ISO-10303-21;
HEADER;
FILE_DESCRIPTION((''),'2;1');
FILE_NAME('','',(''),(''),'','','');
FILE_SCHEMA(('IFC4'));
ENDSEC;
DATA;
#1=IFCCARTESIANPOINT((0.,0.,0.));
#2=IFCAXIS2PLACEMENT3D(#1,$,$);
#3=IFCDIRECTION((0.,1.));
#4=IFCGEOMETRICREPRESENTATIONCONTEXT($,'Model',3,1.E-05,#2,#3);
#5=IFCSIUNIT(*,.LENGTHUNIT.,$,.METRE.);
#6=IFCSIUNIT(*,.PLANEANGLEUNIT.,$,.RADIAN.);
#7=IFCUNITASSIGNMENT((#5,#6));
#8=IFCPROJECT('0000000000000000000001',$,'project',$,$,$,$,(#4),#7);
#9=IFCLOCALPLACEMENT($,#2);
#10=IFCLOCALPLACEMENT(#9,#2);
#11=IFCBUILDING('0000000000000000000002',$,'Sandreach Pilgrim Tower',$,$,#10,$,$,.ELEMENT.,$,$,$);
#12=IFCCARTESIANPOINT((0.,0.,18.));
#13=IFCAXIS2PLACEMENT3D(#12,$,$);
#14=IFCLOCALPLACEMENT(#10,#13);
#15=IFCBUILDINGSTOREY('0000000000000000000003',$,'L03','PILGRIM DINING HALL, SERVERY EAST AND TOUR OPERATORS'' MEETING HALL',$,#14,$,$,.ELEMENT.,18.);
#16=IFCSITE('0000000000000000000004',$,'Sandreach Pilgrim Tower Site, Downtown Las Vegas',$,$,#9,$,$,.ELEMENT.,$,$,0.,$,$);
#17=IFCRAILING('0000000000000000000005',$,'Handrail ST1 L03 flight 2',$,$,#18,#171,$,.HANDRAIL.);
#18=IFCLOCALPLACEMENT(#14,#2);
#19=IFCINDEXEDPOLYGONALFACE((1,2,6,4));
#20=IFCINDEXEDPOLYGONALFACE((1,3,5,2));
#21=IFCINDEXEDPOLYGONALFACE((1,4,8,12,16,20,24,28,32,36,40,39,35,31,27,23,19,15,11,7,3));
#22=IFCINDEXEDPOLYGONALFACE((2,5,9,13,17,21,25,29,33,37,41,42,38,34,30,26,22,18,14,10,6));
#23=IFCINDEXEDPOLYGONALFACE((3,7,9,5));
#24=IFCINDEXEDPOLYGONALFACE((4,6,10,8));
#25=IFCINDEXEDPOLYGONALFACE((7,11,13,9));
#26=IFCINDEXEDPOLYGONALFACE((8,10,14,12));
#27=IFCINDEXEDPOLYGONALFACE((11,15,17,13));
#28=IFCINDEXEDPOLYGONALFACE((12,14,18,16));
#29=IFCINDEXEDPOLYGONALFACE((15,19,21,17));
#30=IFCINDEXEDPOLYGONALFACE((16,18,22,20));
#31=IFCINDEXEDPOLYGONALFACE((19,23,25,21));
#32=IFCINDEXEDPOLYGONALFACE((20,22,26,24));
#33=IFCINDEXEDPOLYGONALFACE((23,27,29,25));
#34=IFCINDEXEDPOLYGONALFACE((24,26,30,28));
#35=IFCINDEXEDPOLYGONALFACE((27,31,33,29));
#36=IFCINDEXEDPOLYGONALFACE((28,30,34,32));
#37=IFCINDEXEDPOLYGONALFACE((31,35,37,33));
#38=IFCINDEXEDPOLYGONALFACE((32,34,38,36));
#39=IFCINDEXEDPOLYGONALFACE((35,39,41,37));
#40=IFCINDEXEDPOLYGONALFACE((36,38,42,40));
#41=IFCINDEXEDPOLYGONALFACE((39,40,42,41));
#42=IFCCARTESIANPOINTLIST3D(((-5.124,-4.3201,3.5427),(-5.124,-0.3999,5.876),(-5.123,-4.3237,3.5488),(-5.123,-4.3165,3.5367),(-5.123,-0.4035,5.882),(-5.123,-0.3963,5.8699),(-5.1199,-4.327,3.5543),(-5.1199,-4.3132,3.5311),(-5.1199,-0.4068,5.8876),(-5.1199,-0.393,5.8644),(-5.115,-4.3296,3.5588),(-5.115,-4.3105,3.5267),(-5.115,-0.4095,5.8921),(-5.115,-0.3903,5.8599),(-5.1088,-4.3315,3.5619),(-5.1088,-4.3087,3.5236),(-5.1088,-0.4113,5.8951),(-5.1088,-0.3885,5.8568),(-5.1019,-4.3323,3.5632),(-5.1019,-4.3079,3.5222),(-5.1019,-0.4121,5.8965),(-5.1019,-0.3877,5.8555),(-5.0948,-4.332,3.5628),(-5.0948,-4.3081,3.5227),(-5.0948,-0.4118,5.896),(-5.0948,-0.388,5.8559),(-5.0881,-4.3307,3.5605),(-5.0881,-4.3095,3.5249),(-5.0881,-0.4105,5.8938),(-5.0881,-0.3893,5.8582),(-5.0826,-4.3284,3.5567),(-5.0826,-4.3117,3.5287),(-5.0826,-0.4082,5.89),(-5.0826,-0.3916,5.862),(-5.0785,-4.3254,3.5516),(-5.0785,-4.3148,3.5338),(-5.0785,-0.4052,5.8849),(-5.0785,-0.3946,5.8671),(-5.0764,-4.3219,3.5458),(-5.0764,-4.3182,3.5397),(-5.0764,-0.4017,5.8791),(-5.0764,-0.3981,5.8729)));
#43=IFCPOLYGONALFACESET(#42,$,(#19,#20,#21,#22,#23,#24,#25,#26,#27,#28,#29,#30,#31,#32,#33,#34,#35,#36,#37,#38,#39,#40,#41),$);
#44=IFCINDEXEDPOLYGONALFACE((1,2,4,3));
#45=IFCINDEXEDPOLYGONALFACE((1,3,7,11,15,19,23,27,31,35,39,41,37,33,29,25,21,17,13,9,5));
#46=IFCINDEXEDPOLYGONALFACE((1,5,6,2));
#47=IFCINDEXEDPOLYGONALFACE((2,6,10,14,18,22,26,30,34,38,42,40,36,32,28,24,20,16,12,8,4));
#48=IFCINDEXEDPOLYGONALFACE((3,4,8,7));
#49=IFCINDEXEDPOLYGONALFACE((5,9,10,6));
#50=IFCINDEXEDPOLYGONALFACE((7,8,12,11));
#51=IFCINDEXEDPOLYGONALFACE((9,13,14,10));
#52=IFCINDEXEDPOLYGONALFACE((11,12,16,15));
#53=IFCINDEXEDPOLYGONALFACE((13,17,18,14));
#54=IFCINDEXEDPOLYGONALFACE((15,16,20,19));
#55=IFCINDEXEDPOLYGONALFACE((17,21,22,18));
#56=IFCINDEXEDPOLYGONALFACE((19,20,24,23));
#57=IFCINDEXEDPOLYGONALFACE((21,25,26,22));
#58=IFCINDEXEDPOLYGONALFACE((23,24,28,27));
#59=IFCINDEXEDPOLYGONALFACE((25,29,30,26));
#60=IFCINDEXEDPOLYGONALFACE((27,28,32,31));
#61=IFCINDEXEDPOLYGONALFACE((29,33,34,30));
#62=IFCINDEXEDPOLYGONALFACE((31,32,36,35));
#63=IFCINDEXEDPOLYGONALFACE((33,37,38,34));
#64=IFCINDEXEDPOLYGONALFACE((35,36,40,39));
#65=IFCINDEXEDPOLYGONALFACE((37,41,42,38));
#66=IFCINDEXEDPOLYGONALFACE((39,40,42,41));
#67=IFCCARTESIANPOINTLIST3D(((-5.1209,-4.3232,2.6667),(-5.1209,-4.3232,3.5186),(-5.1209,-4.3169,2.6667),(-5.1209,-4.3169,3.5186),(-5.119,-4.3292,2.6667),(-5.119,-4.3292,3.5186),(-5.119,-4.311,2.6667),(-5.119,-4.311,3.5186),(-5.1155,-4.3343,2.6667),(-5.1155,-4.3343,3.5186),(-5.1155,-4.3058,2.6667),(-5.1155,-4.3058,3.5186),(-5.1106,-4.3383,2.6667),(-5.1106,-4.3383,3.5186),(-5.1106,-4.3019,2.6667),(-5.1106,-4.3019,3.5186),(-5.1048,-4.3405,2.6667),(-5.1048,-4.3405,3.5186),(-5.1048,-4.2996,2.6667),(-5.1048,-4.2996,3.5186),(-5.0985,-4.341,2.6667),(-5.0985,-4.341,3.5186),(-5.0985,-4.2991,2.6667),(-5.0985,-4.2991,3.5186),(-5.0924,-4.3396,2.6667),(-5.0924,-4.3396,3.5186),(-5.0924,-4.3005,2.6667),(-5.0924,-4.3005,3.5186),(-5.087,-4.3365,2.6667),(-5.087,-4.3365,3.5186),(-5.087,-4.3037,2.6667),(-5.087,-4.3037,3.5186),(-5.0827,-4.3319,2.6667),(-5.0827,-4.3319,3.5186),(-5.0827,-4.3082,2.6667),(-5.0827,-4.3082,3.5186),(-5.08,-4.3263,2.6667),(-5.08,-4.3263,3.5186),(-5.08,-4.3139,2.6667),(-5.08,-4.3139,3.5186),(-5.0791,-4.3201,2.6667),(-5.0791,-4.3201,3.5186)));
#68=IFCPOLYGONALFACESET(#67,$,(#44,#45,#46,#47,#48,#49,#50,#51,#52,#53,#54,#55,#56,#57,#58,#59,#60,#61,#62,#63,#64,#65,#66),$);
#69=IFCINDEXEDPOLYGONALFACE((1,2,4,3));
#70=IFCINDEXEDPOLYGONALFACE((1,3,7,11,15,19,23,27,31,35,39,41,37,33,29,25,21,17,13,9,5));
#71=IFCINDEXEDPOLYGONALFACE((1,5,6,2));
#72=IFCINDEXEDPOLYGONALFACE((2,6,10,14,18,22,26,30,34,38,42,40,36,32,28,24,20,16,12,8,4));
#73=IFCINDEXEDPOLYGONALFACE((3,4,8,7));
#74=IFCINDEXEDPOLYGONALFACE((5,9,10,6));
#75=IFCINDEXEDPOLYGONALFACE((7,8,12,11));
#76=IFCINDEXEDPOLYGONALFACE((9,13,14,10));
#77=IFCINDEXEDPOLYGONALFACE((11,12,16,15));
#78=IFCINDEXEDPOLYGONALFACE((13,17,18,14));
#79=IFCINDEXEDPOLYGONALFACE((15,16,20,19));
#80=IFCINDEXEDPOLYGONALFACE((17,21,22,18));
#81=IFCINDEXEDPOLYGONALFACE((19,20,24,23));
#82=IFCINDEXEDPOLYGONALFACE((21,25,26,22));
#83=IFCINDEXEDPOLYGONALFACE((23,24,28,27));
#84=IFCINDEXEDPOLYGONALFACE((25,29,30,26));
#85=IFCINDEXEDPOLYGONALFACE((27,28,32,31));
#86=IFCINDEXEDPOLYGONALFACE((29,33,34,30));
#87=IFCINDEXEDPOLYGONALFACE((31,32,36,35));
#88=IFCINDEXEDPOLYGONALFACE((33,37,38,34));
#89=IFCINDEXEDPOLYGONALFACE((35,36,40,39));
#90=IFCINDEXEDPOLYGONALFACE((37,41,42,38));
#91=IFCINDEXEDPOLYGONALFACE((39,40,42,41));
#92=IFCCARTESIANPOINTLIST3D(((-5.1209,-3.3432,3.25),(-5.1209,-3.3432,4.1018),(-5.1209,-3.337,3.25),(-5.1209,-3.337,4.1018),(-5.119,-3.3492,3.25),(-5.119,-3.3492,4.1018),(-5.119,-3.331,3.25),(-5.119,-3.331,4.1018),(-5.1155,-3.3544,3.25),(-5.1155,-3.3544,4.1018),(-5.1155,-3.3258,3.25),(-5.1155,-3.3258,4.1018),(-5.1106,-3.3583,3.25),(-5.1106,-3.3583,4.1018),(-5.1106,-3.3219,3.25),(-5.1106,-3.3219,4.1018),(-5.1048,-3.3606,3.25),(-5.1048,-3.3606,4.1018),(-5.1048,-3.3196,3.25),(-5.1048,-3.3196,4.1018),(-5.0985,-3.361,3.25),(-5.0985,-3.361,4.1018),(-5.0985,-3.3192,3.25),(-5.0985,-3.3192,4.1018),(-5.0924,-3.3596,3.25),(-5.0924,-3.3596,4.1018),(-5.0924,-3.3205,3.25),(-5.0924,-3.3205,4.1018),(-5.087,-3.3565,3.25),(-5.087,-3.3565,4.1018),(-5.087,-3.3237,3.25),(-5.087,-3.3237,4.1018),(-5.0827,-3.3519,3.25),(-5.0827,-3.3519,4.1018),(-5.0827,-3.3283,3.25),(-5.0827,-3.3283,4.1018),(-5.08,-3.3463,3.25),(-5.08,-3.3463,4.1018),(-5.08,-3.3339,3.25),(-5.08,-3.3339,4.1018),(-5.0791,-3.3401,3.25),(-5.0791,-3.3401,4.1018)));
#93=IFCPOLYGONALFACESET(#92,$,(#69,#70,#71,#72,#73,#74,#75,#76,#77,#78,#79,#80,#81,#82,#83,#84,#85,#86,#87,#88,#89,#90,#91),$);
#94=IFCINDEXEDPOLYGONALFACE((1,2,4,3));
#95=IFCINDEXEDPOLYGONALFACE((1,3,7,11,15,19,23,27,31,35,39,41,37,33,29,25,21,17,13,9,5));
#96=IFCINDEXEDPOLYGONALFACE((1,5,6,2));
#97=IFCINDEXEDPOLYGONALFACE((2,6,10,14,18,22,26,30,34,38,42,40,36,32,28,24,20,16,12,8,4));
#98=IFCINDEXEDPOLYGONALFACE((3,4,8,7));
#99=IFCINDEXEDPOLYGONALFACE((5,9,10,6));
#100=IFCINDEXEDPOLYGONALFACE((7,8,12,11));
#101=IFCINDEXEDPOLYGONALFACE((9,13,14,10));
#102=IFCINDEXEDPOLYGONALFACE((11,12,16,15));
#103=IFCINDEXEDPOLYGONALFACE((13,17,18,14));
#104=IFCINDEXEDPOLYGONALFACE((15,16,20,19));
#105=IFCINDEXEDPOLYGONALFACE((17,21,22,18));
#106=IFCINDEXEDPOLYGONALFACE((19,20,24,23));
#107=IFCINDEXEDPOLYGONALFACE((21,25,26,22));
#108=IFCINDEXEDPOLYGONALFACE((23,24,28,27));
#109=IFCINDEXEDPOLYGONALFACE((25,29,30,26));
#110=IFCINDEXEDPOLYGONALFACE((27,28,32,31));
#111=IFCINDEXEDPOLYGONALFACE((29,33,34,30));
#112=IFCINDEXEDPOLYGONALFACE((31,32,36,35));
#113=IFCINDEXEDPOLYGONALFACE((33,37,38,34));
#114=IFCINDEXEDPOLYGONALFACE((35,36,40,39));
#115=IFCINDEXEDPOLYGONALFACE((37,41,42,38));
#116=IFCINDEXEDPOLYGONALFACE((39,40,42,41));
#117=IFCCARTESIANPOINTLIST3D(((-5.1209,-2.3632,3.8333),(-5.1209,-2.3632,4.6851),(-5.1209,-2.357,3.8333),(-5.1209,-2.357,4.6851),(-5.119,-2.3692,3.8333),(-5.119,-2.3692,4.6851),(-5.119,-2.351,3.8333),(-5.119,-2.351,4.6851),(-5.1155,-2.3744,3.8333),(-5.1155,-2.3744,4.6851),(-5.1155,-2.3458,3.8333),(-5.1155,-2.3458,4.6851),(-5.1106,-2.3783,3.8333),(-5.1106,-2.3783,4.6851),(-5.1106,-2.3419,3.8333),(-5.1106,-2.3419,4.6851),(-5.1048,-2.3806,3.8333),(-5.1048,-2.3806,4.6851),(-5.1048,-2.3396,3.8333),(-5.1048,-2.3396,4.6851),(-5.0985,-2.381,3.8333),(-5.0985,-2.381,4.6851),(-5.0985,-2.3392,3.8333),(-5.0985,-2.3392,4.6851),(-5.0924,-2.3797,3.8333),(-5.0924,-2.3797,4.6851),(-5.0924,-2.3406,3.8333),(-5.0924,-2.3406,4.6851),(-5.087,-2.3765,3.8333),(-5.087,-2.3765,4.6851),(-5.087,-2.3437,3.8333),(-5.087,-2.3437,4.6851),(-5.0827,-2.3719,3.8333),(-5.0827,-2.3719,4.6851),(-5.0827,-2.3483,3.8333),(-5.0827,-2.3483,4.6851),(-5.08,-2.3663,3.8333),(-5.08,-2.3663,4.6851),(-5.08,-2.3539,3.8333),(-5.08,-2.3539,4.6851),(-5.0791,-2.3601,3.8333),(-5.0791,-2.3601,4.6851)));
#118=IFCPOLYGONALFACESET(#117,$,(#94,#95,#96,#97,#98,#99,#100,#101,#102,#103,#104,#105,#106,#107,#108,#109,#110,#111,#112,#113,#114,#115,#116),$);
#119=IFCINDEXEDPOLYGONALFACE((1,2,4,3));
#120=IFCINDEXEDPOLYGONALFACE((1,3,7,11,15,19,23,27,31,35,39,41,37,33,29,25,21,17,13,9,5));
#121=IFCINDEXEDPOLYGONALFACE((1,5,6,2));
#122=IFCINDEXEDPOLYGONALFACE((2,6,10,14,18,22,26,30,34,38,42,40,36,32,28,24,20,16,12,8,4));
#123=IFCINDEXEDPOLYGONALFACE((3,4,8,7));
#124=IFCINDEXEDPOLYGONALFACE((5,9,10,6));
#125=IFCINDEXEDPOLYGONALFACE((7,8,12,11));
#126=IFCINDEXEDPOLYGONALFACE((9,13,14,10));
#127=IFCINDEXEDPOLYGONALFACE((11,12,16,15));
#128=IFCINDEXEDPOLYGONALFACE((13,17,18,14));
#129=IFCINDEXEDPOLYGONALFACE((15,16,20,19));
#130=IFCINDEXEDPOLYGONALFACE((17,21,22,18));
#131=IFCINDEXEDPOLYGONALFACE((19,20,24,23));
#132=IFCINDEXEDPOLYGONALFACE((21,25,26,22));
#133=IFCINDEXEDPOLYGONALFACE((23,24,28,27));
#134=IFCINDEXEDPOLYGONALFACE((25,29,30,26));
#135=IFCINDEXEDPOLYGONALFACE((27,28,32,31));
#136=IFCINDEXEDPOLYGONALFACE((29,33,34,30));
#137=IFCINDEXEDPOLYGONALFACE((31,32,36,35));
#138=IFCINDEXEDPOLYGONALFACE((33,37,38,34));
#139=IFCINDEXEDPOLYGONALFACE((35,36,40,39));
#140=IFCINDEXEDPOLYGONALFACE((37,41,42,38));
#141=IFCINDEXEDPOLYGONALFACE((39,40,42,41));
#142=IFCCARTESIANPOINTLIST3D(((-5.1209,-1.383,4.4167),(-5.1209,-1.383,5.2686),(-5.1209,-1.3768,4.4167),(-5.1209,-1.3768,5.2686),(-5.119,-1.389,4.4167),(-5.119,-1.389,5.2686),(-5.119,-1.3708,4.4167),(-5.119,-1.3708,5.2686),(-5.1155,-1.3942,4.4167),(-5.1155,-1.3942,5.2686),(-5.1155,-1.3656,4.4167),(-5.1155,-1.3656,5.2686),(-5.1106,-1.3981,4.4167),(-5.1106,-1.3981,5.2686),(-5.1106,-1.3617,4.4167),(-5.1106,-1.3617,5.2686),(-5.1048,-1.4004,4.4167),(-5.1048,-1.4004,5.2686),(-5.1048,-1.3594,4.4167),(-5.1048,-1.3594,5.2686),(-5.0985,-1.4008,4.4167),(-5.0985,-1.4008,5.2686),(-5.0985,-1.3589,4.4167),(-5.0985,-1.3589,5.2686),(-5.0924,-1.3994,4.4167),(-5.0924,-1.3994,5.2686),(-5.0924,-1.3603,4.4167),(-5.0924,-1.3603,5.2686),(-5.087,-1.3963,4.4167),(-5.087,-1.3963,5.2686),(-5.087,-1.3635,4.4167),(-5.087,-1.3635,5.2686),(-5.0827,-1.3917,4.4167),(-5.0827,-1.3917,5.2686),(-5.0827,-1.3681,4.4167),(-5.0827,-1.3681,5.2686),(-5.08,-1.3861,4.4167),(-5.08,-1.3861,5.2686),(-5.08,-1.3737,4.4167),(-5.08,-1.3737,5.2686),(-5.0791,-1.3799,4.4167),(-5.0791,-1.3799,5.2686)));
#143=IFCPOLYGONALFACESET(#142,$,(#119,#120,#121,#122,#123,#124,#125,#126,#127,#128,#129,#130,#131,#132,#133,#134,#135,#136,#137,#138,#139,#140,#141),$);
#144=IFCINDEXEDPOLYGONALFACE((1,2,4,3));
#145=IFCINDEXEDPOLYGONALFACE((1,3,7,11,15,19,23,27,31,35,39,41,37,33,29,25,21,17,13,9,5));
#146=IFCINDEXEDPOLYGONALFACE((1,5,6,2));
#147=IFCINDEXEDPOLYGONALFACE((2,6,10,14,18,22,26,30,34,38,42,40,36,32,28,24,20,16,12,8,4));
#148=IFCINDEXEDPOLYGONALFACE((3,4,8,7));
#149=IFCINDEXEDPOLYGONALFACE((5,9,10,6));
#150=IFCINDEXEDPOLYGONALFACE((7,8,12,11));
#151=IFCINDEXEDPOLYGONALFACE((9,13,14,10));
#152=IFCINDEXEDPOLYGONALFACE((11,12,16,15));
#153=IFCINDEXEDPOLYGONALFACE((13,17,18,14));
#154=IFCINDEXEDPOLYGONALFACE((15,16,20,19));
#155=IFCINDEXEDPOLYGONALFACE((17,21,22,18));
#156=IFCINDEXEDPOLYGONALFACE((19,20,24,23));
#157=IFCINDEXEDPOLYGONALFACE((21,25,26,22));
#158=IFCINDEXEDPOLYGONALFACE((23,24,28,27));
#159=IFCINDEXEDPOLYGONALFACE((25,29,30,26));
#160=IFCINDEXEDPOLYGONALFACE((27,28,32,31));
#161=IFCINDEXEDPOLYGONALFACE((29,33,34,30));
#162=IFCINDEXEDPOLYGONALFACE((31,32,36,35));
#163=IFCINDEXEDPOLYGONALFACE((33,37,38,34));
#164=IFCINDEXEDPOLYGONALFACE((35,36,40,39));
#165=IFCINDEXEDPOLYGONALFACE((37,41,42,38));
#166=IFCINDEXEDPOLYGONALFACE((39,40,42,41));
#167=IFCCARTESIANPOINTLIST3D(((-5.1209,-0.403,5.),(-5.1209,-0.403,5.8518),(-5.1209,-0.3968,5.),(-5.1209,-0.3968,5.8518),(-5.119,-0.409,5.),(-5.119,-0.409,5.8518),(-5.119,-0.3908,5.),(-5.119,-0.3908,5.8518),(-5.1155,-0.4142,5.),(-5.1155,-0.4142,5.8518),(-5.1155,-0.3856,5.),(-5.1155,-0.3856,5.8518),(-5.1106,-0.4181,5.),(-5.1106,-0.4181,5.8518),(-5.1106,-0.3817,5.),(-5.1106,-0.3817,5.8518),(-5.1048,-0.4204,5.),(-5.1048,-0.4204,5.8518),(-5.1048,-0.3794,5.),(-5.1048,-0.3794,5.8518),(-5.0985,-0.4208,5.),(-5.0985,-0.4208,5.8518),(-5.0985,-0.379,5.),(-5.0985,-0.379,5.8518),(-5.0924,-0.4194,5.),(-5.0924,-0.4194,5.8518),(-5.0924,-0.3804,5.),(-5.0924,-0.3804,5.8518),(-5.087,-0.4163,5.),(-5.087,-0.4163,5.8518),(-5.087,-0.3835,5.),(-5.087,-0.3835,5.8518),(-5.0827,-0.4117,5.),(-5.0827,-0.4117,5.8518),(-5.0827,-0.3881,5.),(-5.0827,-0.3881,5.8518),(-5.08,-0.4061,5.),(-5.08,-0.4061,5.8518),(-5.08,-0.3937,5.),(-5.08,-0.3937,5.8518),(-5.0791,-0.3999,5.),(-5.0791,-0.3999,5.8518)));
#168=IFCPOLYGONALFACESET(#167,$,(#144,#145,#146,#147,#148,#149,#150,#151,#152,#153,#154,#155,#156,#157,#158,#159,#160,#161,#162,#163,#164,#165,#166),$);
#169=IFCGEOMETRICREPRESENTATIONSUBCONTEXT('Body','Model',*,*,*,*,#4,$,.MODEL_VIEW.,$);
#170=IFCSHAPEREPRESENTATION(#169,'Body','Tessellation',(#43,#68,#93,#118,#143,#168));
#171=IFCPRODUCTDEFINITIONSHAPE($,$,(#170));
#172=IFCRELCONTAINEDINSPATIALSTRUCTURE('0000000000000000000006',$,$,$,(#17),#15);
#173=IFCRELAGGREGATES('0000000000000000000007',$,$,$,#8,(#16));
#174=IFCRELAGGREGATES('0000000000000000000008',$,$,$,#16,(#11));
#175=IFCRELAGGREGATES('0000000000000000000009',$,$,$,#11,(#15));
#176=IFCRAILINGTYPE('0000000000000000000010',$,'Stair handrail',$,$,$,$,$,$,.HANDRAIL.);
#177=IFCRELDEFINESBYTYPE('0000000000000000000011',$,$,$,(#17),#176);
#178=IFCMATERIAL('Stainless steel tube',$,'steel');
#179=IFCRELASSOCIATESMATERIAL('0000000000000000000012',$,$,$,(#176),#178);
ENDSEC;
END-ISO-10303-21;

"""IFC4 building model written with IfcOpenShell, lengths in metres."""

from ifc_helpers import new_model, si_unit, direction, frame, origin, origin_2d, place, context, subcontext, project, spatial, circle, extrude, material, type_object, element, save


model = new_model("IFC4")

# Units and contexts
model_context = context("Model", 3, precision=1e-05, world=origin(), true_north=direction((0.0, 1.0)))
body_context = subcontext(model_context, "Body", "Model", "MODEL_VIEW")
ifc_project = project(units=[si_unit("LENGTHUNIT", "METRE"), si_unit("PLANEANGLEUNIT", "RADIAN")], contexts=[model_context])

# Site, building, storey
site_placement = place(None, origin())
site = spatial("IfcSite", under=ifc_project, at=site_placement, Name="Sandreach Pilgrim Tower Site, Downtown Las Vegas", CompositionType="ELEMENT", RefElevation=0.0)
building_placement = place(site_placement, origin())
building = spatial("IfcBuilding", under=site, at=building_placement, Name="Sandreach Pilgrim Tower", CompositionType="ELEMENT")
storey_placement = place(building_placement, frame((0.0, 0.0, 18.0)))
storey = spatial("IfcBuildingStorey", under=building, at=storey_placement, Name="L03", Description="PILGRIM DINING HALL, SERVERY EAST AND TOUR OPERATORS' MEETING HALL", CompositionType="ELEMENT", Elevation=18.0)

# Railing
ifc_material_1 = material(Name="Stainless steel tube", Category="steel")
railing_type = type_object("IfcRailingType", Name="Stair handrail", PredefinedType="HANDRAIL", material=ifc_material_1)
for number, where, name in (
    (1, (-5.1001, -4.3201, 2.6667), "Handrail ST1 L03 flight 2"),
):
    element("IfcRailing", number, at=place(storey_placement, frame(where)), inside=storey, type_object=railing_type, Name=name, PredefinedType="HANDRAIL", context=body_context, shape_type="SweptSolid", body=[
        extrude(circle(Radius=0.0239, at=origin_2d()), frame((0.0, 0.0, 0.876), z_axis=(0.0, 0.85931, 0.511455), x_axis=(-1.0, 0.0, 0.0)), (0.0, 0.0, 1.0), 4.562),
        extrude(circle(Radius=0.021, at=origin_2d()), origin(), (0.0, 0.0, 1.0), 0.8518),
        extrude(circle(Radius=0.021, at=origin_2d()), frame((0.0, 0.98, 0.5833)), (0.0, 0.0, 1.0), 0.8518),
        extrude(circle(Radius=0.021, at=origin_2d()), frame((0.0, 1.96, 1.1665)), (0.0, 0.0, 1.0), 0.8518),
        extrude(circle(Radius=0.021, at=origin_2d()), frame((0.0, 2.9402, 1.75)), (0.0, 0.0, 1.0), 0.8518),
        extrude(circle(Radius=0.021, at=origin_2d()), frame((0.0, 3.9202, 2.3333)), (0.0, 0.0, 1.0), 0.8518),
    ])

save(model, "model.ifc")
